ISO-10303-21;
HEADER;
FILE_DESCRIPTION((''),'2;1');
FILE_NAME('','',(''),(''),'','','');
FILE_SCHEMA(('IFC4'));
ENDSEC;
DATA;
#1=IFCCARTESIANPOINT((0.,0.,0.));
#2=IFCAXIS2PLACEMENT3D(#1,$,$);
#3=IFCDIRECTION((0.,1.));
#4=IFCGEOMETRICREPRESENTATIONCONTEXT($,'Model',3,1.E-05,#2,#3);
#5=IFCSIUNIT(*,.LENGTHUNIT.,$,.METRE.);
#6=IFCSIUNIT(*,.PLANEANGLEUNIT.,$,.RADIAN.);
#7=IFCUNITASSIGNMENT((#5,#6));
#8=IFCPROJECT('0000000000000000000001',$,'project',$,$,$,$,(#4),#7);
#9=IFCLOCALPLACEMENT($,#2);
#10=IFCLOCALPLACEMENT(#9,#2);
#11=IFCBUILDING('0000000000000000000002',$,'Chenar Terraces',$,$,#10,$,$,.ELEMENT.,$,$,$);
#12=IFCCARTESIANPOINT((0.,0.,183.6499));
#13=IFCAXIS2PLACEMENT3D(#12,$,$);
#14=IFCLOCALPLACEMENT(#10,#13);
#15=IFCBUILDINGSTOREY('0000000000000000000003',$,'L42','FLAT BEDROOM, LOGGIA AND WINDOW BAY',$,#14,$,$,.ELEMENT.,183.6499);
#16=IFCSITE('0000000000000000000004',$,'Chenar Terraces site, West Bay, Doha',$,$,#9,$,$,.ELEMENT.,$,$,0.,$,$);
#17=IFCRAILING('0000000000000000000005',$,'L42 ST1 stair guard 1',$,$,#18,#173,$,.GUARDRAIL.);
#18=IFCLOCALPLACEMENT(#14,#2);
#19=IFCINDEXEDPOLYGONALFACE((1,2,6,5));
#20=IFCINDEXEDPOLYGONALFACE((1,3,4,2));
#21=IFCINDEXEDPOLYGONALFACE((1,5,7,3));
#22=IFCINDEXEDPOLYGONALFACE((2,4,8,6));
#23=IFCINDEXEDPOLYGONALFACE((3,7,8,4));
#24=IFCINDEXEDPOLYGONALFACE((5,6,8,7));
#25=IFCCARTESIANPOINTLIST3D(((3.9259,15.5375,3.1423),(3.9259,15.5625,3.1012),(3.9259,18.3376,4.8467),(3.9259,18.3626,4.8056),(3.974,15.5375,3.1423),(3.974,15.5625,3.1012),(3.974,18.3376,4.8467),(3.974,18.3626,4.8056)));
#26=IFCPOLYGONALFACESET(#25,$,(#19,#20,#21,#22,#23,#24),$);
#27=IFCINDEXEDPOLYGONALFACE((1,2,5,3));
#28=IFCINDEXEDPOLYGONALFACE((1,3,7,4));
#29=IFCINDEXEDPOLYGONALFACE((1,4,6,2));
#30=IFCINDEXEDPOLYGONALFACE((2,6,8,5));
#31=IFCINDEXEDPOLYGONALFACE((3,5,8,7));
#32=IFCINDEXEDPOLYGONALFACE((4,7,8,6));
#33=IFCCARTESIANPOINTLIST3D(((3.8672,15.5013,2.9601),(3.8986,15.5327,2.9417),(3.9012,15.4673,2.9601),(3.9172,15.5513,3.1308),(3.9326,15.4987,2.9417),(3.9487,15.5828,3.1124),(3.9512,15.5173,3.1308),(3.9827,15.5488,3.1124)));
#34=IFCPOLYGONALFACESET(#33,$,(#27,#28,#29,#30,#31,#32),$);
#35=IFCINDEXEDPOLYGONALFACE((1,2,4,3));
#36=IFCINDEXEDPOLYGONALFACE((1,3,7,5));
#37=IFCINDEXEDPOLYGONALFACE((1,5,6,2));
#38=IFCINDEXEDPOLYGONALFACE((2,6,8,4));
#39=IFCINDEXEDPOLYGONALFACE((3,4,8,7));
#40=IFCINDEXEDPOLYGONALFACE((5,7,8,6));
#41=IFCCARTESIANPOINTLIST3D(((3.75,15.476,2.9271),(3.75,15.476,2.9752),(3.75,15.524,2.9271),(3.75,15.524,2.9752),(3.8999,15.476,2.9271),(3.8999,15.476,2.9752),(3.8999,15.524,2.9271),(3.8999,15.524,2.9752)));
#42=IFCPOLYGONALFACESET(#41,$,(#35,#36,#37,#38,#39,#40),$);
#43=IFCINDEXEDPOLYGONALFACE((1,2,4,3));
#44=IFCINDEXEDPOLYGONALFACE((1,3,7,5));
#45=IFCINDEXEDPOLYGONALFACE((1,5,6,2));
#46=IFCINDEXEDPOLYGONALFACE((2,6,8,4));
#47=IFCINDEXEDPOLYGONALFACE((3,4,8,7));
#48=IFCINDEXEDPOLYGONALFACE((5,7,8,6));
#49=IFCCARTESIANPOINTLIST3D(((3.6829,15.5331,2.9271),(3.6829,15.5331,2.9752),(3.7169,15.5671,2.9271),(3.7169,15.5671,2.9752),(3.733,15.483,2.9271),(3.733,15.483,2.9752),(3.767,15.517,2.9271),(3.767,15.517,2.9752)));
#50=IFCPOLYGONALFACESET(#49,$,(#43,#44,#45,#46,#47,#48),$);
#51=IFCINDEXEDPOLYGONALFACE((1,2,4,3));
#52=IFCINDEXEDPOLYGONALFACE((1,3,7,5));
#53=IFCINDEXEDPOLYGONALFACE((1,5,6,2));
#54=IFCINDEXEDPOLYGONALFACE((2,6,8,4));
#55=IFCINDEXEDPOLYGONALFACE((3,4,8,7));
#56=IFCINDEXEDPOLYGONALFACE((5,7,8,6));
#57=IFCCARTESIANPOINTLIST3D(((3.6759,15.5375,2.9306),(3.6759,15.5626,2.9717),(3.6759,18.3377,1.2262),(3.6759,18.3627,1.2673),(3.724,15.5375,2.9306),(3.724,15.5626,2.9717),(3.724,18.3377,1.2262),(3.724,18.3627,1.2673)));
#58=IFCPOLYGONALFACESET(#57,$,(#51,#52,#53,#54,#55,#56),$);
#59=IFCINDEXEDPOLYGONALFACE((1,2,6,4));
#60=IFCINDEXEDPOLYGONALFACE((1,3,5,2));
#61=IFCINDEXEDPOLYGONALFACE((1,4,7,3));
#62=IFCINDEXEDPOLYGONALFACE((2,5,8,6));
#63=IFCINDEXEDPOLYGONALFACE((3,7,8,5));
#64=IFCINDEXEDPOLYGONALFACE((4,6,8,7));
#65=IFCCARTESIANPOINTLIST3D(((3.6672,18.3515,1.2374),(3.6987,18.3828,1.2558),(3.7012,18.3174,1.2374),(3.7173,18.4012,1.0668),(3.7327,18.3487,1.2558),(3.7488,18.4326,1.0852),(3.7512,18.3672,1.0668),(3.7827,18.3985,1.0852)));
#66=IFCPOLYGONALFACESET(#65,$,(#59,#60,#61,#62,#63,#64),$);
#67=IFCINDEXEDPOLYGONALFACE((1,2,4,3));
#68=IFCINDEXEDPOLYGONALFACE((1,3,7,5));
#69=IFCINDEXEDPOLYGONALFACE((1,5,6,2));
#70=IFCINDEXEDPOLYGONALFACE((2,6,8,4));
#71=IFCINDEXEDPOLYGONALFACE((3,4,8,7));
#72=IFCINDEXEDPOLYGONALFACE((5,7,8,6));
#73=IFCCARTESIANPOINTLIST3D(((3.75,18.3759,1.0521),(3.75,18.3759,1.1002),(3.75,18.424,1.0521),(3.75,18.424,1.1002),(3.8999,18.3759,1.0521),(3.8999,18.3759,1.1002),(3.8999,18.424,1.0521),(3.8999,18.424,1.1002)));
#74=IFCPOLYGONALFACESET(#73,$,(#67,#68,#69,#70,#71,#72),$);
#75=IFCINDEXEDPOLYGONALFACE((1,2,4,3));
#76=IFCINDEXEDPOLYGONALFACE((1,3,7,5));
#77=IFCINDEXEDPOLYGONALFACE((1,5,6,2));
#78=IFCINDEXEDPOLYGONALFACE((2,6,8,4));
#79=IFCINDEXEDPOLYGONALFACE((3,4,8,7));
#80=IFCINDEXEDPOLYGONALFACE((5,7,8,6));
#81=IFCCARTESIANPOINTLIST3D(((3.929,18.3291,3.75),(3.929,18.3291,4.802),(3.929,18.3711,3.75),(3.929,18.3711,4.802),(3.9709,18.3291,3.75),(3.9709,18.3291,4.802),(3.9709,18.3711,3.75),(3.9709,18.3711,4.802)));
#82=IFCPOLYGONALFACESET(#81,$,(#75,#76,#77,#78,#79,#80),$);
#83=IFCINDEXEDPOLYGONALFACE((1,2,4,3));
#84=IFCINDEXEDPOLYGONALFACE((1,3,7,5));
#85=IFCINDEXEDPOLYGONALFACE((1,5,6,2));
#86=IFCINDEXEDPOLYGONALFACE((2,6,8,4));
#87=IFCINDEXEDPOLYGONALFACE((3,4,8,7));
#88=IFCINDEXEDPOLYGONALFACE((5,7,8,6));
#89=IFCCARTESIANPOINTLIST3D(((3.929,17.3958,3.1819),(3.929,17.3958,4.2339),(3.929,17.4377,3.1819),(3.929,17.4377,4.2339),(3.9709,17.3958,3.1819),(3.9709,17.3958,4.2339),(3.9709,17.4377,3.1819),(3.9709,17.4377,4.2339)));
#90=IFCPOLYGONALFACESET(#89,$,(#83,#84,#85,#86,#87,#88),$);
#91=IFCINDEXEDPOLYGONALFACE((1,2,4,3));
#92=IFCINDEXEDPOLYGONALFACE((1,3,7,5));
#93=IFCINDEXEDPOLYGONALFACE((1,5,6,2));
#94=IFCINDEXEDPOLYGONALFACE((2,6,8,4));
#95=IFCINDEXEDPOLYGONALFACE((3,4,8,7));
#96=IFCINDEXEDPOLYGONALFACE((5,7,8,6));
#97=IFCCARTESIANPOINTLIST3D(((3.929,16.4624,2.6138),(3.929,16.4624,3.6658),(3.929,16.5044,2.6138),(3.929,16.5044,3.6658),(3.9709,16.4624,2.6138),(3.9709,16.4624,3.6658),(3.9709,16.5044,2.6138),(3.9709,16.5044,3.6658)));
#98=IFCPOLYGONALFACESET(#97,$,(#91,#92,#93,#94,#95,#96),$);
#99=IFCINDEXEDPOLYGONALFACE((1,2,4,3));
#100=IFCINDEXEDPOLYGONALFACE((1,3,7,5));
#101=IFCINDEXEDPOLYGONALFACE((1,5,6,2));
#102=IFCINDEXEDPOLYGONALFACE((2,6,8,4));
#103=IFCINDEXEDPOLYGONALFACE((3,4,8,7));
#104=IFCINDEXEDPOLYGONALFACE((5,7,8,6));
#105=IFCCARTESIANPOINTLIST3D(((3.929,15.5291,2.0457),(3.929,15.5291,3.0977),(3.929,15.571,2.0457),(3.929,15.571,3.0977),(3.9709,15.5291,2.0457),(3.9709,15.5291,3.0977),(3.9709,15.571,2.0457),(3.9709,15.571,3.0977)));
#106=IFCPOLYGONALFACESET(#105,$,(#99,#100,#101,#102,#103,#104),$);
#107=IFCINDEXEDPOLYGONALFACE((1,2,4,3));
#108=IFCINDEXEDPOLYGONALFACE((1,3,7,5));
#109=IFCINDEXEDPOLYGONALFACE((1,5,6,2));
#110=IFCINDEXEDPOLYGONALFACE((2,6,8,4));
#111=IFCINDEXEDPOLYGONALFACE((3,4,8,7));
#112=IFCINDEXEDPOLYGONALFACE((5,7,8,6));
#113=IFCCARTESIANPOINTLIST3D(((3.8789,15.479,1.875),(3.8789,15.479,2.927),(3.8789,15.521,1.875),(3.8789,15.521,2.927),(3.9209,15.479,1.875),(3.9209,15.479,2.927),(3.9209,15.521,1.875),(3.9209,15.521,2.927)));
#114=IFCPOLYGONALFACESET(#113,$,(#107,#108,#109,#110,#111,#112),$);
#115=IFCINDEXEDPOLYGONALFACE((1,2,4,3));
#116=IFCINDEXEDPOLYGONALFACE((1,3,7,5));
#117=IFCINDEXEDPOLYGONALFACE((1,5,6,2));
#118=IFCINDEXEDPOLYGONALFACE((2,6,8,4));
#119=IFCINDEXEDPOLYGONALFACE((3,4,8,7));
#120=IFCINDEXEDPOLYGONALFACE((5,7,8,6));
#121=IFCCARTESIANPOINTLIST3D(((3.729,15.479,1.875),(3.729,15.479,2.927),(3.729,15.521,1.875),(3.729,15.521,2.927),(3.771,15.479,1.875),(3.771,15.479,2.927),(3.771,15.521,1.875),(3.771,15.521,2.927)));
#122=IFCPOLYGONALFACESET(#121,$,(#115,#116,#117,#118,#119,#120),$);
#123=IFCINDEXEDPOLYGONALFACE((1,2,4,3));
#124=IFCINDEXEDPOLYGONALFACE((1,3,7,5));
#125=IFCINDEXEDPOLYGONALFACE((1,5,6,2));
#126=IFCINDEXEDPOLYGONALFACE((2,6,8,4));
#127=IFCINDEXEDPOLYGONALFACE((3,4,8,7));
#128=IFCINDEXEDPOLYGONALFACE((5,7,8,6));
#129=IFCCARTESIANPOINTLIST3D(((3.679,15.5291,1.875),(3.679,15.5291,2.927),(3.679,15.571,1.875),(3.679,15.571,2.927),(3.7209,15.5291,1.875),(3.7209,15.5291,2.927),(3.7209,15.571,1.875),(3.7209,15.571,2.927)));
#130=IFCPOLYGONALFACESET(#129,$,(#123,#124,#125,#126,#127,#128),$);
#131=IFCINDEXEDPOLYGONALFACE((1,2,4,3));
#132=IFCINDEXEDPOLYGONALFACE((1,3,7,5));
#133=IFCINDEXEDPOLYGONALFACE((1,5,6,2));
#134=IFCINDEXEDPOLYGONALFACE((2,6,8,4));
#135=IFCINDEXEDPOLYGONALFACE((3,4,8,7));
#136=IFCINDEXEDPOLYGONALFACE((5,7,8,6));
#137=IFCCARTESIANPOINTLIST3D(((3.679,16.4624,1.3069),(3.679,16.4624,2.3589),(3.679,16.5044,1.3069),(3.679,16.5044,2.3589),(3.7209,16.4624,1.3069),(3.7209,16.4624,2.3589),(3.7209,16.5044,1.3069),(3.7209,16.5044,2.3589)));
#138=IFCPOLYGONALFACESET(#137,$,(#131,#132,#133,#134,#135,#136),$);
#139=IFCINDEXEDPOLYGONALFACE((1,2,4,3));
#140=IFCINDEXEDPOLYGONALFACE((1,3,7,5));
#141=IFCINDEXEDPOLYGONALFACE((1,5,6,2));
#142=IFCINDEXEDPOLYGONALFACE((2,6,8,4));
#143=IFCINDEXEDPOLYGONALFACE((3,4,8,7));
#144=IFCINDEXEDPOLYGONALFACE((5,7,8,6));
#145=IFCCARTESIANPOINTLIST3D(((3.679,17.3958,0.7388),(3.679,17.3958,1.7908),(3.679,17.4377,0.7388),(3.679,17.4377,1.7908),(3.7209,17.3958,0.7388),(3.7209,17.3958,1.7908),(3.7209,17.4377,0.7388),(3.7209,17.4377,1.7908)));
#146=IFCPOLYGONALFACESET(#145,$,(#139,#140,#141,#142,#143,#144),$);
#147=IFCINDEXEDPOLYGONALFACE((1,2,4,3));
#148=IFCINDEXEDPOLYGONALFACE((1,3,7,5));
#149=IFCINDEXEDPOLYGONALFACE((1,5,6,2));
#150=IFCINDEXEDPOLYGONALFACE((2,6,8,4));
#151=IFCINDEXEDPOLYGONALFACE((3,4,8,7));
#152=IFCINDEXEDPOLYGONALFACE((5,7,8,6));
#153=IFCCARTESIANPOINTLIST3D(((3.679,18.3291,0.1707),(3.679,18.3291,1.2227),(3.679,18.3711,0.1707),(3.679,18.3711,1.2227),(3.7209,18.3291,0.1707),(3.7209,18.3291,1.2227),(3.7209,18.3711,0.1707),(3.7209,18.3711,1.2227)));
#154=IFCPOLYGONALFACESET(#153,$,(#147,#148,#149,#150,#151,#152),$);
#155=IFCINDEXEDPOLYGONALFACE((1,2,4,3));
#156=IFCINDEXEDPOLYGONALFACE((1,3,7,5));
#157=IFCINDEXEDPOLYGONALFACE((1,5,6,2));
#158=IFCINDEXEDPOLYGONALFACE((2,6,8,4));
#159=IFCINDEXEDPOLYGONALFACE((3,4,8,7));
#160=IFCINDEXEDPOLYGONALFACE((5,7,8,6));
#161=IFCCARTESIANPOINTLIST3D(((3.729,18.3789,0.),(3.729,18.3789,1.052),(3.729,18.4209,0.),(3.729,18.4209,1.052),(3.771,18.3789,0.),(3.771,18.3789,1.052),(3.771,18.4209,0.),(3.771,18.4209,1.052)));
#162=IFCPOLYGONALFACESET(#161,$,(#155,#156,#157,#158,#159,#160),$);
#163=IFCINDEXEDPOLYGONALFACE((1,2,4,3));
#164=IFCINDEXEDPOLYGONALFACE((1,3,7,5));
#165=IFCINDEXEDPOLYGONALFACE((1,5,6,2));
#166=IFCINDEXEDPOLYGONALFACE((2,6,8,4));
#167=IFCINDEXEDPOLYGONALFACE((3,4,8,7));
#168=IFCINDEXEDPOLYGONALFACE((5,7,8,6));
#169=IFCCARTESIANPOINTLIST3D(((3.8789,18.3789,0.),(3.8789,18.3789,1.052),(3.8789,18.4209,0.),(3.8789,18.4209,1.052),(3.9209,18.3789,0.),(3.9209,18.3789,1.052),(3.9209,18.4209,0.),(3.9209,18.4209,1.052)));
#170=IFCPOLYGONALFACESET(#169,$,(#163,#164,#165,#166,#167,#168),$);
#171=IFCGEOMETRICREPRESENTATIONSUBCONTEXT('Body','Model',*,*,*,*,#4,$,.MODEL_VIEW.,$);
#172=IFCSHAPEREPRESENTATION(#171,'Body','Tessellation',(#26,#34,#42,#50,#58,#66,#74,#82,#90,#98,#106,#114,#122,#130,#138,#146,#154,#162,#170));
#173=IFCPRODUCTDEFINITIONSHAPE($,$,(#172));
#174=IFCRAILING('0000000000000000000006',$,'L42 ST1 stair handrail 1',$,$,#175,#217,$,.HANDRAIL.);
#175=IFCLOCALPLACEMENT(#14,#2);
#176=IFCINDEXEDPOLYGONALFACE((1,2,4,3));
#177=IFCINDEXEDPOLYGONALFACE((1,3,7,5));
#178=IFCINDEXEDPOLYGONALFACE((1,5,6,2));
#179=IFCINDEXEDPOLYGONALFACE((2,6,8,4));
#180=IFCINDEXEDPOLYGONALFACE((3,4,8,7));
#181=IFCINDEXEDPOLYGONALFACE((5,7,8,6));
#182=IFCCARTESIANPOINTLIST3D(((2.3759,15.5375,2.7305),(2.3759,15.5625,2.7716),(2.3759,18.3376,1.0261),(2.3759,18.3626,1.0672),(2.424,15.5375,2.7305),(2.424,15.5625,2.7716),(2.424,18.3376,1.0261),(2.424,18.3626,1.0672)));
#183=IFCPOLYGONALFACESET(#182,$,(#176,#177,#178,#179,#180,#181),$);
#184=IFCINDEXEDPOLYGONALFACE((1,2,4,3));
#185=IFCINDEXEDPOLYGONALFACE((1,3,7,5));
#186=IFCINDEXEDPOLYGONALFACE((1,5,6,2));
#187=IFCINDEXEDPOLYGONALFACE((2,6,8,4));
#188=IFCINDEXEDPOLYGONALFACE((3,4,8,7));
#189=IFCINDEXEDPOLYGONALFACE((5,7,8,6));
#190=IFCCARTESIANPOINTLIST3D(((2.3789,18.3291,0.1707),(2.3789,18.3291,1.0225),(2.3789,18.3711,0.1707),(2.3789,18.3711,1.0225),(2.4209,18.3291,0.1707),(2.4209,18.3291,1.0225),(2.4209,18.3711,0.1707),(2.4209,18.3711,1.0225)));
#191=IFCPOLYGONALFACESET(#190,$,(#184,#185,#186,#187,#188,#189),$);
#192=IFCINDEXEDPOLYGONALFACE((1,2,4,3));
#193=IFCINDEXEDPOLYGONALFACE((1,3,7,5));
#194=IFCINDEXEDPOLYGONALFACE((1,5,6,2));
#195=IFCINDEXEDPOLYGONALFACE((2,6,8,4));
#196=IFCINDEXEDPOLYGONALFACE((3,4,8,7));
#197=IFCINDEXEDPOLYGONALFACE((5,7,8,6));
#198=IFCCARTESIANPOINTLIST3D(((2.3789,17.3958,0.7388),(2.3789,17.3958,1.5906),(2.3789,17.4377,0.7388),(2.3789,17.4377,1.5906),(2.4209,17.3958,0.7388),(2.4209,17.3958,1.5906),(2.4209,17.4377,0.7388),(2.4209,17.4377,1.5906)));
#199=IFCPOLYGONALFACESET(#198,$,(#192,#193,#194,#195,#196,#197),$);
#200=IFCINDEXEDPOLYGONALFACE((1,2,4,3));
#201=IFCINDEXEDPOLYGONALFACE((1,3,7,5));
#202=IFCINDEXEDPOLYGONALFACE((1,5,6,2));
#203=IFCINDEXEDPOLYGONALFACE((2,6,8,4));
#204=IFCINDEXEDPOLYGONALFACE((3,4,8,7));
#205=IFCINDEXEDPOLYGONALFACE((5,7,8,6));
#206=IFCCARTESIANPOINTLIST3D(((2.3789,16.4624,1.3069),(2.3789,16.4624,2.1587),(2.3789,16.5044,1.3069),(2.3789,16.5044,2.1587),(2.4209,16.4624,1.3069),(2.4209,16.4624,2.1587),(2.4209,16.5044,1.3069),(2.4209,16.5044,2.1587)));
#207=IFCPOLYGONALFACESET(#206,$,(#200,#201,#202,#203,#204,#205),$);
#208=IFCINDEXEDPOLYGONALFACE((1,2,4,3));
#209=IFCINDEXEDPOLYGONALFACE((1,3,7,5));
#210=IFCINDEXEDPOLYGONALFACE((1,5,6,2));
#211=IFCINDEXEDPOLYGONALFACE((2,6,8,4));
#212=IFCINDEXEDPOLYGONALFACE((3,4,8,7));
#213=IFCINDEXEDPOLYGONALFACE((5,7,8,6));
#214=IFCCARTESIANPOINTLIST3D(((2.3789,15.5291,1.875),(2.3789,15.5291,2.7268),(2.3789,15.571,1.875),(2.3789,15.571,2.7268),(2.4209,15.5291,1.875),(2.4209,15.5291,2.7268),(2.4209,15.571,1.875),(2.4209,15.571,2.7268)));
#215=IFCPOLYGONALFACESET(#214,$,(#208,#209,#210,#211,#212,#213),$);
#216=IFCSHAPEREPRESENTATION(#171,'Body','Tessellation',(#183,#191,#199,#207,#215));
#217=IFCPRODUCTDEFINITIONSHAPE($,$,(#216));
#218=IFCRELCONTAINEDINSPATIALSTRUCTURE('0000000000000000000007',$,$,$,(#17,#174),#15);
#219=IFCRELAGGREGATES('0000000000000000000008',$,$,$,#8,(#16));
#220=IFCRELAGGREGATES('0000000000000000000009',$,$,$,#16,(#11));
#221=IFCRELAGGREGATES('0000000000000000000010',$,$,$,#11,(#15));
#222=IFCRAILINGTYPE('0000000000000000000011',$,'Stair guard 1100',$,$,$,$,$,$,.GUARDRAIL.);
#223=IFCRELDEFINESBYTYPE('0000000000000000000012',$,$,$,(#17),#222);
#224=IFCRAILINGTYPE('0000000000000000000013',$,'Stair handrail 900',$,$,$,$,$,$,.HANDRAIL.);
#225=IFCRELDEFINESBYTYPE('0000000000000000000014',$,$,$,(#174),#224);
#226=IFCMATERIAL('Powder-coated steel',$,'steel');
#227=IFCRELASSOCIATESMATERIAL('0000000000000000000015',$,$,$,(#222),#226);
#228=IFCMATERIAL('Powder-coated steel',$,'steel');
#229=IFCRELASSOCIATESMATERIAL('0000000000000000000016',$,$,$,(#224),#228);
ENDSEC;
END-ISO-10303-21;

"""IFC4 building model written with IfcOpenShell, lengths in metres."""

from ifc_helpers import new_model, si_unit, direction, frame, origin, origin_2d, place, context, subcontext, project, spatial, rectangle, extrude, material, type_object, element, save


model = new_model("IFC4")

# Units and contexts
model_context = context("Model", 3, precision=1e-05, world=origin(), true_north=direction((0.0, 1.0)))
body_context = subcontext(model_context, "Body", "Model", "MODEL_VIEW")
ifc_project = project(units=[si_unit("LENGTHUNIT", "METRE"), si_unit("PLANEANGLEUNIT", "RADIAN")], contexts=[model_context])

# Site, building, storey
site_placement = place(None, origin())
site = spatial("IfcSite", under=ifc_project, at=site_placement, Name="Chenar Terraces site, West Bay, Doha", CompositionType="ELEMENT", RefElevation=0.0)
building_placement = place(site_placement, origin())
building = spatial("IfcBuilding", under=site, at=building_placement, Name="Chenar Terraces", CompositionType="ELEMENT")
storey_placement = place(building_placement, frame((0.0, 0.0, 183.6499)))
storey = spatial("IfcBuildingStorey", under=building, at=storey_placement, Name="L42", Description="FLAT BEDROOM, LOGGIA AND WINDOW BAY", CompositionType="ELEMENT", Elevation=183.6499)

# Railings
ifc_material_1 = material(Name="Powder-coated steel", Category="steel")
railing_type_1 = type_object("IfcRailingType", Name="Stair guard 1100", PredefinedType="GUARDRAIL", material=ifc_material_1)
railing_1_placement = place(storey_placement, frame((3.95, 18.3501, 3.75)))
element("IfcRailing", 1, at=railing_1_placement, inside=storey, type_object=railing_type_1, Name="L42 ST1 stair guard 1", PredefinedType="GUARDRAIL", context=body_context, shape_type="SweptSolid", body=[
    extrude(rectangle(XDim=0.0481, YDim=0.0481, at=origin_2d()), frame((0.0, 0.0, 1.0762), z_axis=(0.0, -0.854203, -0.51994), x_axis=(1.0, 0.0, 0.0)), (0.0, 0.0, 1.0), 3.2781),
    extrude(rectangle(XDim=0.0481, YDim=0.0481, at=origin_2d()), frame((0.0, -2.8, -0.6284), z_axis=(-0.2709, -0.2709, -0.923703), x_axis=(0.707107, -0.707107, 0.0)), (0.0, 0.0, 1.0), 0.1848),
    extrude(rectangle(XDim=0.0481, YDim=0.0481, at=origin_2d()), frame((-0.05, -2.8501, -0.7988), z_axis=(-1.0, 0.0, 0.0), x_axis=(0.0, -1.0, 0.0)), (0.0, 0.0, 1.0), 0.1499),
    extrude(rectangle(XDim=0.0481, YDim=0.0481, at=origin_2d()), frame((-0.2, -2.8501, -0.7988), z_axis=(-0.707107, 0.707107, 0.0), x_axis=(-0.707107, -0.707107, 0.0)), (0.0, 0.0, 1.0), 0.0708),
    extrude(rectangle(XDim=0.0481, YDim=0.0481, at=origin_2d()), frame((-0.25, -2.8, -0.7988), z_axis=(0.0, 0.854203, -0.51994), x_axis=(-1.0, 0.0, 0.0)), (0.0, 0.0, 1.0), 3.2781),
    extrude(rectangle(XDim=0.0481, YDim=0.0481, at=origin_2d()), frame((-0.25, 0.0, -2.5034), z_axis=(0.270997, 0.269675, -0.924033), x_axis=(-0.705376, 0.708834, 0.0)), (0.0, 0.0, 1.0), 0.1846),
    extrude(rectangle(XDim=0.0481, YDim=0.0481, at=origin_2d()), frame((-0.2, 0.0498, -2.6738), z_axis=(1.0, 0.0, 0.0), x_axis=(0.0, 1.0, 0.0)), (0.0, 0.0, 1.0), 0.1499),
    extrude(rectangle(XDim=0.042, YDim=0.042, at=origin_2d()), origin(), (0.0, 0.0, 1.0), 1.052),
    extrude(rectangle(XDim=0.042, YDim=0.042, at=origin_2d()), frame((0.0, -0.9333, -0.5681)), (0.0, 0.0, 1.0), 1.052),
    extrude(rectangle(XDim=0.042, YDim=0.042, at=origin_2d()), frame((0.0, -1.8667, -1.1362)), (0.0, 0.0, 1.0), 1.052),
    extrude(rectangle(XDim=0.042, YDim=0.042, at=origin_2d()), frame((0.0, -2.8, -1.7043)), (0.0, 0.0, 1.0), 1.052),
    extrude(rectangle(XDim=0.042, YDim=0.042, at=origin_2d()), frame((-0.05, -2.8501, -1.875)), (0.0, 0.0, 1.0), 1.052),
    extrude(rectangle(XDim=0.042, YDim=0.042, at=origin_2d()), frame((-0.2, -2.8501, -1.875)), (0.0, 0.0, 1.0), 1.052),
    extrude(rectangle(XDim=0.042, YDim=0.042, at=origin_2d()), frame((-0.25, -2.8, -1.875)), (0.0, 0.0, 1.0), 1.052),
    extrude(rectangle(XDim=0.042, YDim=0.042, at=origin_2d()), frame((-0.25, -1.8667, -2.4431)), (0.0, 0.0, 1.0), 1.052),
    extrude(rectangle(XDim=0.042, YDim=0.042, at=origin_2d()), frame((-0.25, -0.9333, -3.0112)), (0.0, 0.0, 1.0), 1.052),
    extrude(rectangle(XDim=0.042, YDim=0.042, at=origin_2d()), frame((-0.25, 0.0, -3.5793)), (0.0, 0.0, 1.0), 1.052),
    extrude(rectangle(XDim=0.042, YDim=0.042, at=origin_2d()), frame((-0.2, 0.0498, -3.75)), (0.0, 0.0, 1.0), 1.052),
    extrude(rectangle(XDim=0.042, YDim=0.042, at=origin_2d()), frame((-0.05, 0.0498, -3.75)), (0.0, 0.0, 1.0), 1.052),
])
ifc_material_2 = material(Name="Powder-coated steel", Category="steel")
railing_type_2 = type_object("IfcRailingType", Name="Stair handrail 900", PredefinedType="HANDRAIL", material=ifc_material_2)
railing_2_placement = place(storey_placement, frame((2.3999, 18.3501, 0.1707)))
element("IfcRailing", 2, at=railing_2_placement, inside=storey, type_object=railing_type_2, Name="L42 ST1 stair handrail 1", PredefinedType="HANDRAIL", context=body_context, shape_type="SweptSolid", body=[
    extrude(rectangle(XDim=0.0481, YDim=0.0481, at=origin_2d()), frame((0.0, 0.0, 0.876), z_axis=(0.0, -0.854203, 0.51994), x_axis=(1.0, 0.0, 0.0)), (0.0, 0.0, 1.0), 3.2781),
    extrude(rectangle(XDim=0.042, YDim=0.042, at=origin_2d()), origin(), (0.0, 0.0, 1.0), 0.8518),
    extrude(rectangle(XDim=0.042, YDim=0.042, at=origin_2d()), frame((0.0, -0.9333, 0.5681)), (0.0, 0.0, 1.0), 0.8518),
    extrude(rectangle(XDim=0.042, YDim=0.042, at=origin_2d()), frame((0.0, -1.8667, 1.1362)), (0.0, 0.0, 1.0), 0.8518),
    extrude(rectangle(XDim=0.042, YDim=0.042, at=origin_2d()), frame((0.0, -2.8, 1.7043)), (0.0, 0.0, 1.0), 0.8518),
])

save(model, "model.ifc")
